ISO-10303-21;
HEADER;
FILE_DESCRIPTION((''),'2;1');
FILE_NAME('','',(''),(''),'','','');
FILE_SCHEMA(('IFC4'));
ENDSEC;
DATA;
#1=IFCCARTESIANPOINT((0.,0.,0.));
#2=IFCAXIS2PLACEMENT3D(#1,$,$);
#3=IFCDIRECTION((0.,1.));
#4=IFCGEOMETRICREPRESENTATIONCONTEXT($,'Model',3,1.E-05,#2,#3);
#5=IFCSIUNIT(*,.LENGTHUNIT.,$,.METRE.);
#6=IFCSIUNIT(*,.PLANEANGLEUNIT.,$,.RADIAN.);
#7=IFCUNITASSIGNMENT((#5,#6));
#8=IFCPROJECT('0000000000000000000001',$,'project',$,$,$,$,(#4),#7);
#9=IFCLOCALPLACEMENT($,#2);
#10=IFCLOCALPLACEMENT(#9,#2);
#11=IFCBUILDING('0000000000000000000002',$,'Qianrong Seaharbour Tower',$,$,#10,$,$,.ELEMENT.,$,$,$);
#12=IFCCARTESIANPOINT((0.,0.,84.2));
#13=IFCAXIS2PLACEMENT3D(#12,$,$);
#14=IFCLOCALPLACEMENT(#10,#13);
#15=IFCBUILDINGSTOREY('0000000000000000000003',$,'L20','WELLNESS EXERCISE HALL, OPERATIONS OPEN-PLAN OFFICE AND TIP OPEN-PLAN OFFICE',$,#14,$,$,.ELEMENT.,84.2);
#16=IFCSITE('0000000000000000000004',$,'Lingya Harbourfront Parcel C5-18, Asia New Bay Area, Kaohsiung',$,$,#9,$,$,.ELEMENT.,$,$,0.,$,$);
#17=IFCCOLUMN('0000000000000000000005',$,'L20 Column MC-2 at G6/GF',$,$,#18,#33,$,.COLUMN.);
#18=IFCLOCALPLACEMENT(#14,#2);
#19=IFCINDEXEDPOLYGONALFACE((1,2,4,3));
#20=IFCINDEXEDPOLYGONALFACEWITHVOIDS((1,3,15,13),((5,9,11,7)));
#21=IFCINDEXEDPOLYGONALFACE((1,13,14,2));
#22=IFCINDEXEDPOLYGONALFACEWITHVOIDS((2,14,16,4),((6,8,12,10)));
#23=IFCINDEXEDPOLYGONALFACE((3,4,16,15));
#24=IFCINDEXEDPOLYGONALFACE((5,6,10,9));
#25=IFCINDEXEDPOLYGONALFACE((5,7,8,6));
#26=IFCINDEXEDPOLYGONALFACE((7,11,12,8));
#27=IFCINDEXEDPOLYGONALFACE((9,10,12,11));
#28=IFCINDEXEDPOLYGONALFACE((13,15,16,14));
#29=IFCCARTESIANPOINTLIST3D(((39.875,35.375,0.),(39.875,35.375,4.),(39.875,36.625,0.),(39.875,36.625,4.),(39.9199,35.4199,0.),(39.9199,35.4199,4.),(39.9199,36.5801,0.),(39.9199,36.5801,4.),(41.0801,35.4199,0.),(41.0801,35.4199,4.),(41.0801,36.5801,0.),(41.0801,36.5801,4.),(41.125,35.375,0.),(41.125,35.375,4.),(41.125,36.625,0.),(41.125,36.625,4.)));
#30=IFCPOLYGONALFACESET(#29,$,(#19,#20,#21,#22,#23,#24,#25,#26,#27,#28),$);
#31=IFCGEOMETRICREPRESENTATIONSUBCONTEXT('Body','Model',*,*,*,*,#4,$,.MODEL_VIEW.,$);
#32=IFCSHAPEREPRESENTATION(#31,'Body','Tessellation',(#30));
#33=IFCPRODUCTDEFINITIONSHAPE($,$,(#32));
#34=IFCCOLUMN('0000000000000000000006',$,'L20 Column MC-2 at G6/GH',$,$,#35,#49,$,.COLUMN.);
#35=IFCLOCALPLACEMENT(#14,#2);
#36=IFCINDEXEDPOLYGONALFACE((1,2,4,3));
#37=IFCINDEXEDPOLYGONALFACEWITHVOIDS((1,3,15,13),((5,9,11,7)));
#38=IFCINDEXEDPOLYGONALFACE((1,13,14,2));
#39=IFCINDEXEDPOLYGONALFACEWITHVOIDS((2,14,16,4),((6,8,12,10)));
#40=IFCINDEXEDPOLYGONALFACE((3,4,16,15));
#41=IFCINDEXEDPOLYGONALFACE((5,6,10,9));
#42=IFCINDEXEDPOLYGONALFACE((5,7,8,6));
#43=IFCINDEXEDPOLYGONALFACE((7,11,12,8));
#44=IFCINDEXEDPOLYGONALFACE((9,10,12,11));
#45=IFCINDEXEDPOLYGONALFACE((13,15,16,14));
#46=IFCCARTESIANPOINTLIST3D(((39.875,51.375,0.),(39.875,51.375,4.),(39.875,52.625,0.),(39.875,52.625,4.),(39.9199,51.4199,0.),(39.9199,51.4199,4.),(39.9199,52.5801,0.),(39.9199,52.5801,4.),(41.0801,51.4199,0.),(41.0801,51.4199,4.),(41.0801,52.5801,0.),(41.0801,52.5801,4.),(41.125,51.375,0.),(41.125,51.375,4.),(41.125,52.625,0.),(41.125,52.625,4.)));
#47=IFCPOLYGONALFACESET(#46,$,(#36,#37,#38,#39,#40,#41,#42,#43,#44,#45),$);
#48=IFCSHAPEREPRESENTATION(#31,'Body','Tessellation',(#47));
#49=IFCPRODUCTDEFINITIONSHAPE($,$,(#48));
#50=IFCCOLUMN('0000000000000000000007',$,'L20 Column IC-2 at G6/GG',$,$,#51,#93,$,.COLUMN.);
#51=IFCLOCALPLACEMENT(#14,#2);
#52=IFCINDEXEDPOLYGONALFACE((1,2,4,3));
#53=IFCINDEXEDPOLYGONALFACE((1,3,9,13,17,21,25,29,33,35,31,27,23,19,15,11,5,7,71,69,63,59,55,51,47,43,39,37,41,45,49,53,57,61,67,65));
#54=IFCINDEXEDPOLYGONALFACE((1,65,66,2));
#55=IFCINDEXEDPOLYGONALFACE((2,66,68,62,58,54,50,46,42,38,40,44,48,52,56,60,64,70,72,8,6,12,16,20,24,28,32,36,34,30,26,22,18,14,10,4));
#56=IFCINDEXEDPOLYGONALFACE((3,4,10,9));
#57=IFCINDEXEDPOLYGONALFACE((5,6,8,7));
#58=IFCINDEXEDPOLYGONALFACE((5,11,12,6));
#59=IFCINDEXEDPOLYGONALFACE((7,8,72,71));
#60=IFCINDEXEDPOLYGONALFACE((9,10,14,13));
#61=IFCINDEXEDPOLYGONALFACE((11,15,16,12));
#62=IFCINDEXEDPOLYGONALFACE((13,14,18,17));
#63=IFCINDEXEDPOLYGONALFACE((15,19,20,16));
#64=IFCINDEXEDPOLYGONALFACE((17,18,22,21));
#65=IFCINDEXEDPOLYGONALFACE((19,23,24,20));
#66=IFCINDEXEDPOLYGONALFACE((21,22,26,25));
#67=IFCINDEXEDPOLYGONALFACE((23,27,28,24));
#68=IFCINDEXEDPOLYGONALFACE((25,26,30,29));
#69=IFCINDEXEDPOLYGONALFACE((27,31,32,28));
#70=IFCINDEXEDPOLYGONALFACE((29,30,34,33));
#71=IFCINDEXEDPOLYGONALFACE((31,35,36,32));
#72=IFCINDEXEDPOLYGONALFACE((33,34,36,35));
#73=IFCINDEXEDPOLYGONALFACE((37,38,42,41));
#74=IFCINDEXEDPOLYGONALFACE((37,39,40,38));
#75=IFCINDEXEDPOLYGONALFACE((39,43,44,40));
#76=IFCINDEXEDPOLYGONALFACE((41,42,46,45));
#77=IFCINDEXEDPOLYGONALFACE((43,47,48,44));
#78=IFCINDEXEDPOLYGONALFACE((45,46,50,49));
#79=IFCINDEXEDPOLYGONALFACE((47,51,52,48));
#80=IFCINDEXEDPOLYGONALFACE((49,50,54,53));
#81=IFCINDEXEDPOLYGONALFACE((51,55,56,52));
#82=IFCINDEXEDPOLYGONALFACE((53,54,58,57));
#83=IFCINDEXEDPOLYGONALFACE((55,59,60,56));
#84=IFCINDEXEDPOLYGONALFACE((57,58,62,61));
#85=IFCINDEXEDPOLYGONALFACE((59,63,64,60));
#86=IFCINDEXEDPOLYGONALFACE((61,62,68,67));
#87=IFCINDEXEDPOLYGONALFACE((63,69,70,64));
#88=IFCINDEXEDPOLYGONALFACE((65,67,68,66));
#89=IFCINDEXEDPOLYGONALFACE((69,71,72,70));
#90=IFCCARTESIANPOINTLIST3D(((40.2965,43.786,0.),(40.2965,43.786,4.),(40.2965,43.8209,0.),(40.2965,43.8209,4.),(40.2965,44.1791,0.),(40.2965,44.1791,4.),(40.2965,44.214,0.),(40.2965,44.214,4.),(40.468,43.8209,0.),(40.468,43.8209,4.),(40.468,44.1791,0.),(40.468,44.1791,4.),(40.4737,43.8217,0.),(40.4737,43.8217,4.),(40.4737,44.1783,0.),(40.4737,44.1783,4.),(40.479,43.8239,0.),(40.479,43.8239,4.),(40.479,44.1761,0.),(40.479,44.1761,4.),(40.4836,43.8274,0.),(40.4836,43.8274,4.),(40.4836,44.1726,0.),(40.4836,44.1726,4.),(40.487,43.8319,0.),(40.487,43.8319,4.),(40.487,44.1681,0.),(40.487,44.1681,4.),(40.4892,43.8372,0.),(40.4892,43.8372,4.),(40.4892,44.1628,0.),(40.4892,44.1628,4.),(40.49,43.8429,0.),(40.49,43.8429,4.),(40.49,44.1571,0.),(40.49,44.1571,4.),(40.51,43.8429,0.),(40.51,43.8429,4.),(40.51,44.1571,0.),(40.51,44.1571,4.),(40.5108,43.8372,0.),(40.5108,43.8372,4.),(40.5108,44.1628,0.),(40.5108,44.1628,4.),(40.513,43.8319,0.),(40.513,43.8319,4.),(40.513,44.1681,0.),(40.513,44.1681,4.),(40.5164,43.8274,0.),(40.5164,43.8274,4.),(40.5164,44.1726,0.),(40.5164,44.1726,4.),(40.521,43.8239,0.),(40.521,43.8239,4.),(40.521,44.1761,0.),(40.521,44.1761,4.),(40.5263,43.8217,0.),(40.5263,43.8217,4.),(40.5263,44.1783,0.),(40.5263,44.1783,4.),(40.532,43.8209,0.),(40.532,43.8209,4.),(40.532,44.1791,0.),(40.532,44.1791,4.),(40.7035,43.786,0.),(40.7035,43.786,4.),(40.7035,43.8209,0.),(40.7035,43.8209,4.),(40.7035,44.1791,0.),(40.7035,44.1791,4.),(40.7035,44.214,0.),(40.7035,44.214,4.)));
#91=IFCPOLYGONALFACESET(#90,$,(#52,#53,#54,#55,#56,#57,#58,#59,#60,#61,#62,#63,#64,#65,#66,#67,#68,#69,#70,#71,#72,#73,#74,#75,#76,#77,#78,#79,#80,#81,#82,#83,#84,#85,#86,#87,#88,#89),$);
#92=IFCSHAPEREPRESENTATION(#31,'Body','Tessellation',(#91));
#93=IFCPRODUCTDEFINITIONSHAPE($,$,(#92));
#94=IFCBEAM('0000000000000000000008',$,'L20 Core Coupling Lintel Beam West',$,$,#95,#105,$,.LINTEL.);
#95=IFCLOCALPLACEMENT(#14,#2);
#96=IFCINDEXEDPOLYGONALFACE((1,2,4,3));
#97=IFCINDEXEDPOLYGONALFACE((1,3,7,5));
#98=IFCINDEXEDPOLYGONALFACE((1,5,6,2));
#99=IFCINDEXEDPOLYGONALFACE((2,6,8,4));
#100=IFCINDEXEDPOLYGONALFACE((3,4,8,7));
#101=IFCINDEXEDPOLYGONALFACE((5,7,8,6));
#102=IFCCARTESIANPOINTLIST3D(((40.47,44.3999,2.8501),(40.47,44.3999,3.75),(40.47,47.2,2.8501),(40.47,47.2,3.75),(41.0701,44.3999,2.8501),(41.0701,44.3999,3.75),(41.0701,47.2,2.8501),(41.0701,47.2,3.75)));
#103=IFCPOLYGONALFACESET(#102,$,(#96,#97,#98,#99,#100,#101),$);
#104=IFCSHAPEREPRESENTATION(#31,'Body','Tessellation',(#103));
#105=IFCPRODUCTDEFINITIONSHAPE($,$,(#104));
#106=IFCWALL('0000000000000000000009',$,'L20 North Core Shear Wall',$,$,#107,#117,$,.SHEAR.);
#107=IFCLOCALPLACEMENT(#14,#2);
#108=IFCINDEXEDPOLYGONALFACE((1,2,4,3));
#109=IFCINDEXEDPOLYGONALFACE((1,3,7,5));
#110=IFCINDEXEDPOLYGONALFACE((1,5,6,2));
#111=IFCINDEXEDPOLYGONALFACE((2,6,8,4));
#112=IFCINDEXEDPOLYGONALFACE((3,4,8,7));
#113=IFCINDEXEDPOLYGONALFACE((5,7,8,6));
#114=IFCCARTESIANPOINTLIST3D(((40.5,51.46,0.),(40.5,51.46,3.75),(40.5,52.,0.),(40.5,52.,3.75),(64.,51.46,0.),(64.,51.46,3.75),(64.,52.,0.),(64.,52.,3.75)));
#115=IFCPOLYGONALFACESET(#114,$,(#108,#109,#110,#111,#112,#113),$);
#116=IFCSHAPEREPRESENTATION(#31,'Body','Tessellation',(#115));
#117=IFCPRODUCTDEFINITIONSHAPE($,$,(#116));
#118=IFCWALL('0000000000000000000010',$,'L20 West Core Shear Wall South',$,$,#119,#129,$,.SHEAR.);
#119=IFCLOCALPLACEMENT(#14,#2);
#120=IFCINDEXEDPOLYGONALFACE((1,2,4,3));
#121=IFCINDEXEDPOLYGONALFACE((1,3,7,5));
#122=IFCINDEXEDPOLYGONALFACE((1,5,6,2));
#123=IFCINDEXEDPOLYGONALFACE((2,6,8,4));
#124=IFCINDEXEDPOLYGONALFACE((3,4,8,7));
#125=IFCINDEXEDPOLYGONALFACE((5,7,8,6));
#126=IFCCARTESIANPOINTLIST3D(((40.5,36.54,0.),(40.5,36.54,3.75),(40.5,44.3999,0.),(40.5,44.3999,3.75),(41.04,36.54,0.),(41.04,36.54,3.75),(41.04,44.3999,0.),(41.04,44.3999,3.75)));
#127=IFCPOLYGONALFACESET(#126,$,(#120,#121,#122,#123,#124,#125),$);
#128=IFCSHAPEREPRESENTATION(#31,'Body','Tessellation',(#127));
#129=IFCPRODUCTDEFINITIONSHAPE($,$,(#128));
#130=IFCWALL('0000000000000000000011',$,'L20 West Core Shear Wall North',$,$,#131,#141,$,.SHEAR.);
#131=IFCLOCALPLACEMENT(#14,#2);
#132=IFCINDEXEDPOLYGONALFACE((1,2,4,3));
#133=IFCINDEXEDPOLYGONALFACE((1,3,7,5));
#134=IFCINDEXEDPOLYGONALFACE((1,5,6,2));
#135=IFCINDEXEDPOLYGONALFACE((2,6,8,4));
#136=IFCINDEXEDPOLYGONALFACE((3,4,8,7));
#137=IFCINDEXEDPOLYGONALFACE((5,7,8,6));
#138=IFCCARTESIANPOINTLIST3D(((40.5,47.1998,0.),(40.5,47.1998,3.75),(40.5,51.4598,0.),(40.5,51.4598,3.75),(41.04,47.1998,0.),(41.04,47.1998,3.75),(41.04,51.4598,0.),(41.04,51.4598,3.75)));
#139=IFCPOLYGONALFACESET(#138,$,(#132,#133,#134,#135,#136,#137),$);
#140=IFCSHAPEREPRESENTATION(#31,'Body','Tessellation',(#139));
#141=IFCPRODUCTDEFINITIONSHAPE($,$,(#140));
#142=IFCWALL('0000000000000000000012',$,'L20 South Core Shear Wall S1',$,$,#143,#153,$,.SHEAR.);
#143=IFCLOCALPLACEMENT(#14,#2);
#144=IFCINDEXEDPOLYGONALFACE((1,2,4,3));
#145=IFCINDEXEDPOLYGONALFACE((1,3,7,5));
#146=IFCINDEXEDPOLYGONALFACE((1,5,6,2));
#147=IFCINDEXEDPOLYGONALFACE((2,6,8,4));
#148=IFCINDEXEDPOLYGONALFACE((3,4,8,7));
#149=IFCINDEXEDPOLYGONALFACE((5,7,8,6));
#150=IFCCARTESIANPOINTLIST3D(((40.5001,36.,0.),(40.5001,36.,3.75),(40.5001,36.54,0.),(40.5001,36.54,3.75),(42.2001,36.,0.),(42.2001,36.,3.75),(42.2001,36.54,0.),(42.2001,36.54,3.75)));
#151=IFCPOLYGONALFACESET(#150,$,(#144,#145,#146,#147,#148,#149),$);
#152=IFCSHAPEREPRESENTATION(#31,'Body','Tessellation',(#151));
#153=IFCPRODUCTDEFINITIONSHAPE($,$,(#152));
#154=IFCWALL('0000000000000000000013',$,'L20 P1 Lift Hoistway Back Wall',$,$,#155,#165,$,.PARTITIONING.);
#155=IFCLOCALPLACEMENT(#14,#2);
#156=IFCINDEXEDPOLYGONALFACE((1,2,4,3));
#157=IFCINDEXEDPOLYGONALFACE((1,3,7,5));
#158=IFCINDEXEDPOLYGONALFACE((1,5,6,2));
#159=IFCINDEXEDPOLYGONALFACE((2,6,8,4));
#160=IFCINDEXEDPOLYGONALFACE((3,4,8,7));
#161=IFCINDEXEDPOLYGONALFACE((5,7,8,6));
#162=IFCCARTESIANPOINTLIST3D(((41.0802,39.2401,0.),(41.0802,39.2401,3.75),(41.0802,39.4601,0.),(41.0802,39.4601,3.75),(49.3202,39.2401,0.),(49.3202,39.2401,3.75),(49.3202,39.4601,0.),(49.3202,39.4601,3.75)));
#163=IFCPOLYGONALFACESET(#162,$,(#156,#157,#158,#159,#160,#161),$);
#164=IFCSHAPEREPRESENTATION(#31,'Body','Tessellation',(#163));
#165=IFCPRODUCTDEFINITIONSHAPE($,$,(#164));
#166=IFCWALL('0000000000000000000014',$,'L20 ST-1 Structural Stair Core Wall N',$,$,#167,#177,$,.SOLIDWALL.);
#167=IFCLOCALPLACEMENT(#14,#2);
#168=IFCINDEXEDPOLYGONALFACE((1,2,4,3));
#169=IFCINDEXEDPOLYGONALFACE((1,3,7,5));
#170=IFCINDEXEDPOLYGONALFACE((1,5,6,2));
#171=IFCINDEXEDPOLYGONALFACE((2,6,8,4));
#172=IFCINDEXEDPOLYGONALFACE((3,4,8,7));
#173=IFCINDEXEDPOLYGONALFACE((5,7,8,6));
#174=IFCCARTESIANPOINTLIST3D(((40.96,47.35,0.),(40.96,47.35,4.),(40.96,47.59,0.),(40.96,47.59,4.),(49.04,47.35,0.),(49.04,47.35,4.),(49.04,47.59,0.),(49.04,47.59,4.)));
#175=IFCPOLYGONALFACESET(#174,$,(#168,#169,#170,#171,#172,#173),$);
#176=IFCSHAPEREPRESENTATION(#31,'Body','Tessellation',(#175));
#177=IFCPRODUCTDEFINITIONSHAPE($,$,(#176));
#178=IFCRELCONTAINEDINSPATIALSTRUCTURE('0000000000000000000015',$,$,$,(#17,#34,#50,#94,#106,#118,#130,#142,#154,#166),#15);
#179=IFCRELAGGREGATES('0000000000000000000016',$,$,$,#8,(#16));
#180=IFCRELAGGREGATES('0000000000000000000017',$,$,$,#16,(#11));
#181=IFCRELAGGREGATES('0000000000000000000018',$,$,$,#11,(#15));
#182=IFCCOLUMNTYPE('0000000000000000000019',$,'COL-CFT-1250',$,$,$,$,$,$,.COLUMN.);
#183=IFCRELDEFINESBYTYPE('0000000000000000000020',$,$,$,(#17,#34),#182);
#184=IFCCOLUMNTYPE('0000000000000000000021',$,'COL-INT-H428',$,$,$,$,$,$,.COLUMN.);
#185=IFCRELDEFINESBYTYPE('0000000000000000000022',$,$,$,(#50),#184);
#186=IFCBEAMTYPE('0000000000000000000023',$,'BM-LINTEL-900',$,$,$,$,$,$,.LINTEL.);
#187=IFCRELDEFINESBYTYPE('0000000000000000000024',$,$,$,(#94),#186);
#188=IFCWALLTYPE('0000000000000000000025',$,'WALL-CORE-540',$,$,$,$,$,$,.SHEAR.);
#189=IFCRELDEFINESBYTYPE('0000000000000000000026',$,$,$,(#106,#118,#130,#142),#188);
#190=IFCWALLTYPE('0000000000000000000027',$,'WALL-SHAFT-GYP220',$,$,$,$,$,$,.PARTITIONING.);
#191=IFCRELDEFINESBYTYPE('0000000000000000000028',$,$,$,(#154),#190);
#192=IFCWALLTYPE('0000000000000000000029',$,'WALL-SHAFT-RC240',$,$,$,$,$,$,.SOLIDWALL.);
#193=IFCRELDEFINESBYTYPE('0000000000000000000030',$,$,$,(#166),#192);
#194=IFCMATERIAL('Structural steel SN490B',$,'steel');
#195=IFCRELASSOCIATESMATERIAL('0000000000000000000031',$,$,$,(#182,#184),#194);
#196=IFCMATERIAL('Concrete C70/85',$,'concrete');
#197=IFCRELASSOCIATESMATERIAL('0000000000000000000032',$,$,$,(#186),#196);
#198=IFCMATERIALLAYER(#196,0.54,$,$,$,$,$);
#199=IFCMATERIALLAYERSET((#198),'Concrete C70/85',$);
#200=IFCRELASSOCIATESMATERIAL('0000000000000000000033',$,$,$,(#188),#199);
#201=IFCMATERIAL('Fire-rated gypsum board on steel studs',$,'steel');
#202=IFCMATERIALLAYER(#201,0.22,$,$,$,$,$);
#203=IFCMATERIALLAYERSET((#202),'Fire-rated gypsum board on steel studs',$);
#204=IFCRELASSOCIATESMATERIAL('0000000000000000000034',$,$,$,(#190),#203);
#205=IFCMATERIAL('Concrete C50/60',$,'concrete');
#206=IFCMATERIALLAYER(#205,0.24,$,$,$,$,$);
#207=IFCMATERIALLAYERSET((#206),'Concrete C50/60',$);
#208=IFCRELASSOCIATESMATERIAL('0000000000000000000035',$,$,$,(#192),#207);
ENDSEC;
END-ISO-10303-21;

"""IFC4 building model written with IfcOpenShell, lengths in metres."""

from ifc_helpers import new_model, si_unit, direction, frame, frame_2d, origin, origin_2d, place, context, subcontext, project, spatial, rectangle, hollow_rectangle, i_section, extrude, material, layer, layer_set, material_profile, profile_set, type_object, element, save


model = new_model("IFC4")

# Units and contexts
model_context = context("Model", 3, precision=1e-05, world=origin(), true_north=direction((0.0, 1.0)))
body_context = subcontext(model_context, "Body", "Model", "MODEL_VIEW")
ifc_project = project(units=[si_unit("LENGTHUNIT", "METRE"), si_unit("PLANEANGLEUNIT", "RADIAN")], contexts=[model_context])

# Site, building, storey
site_placement = place(None, origin())
site = spatial("IfcSite", under=ifc_project, at=site_placement, Name="Lingya Harbourfront Parcel C5-18, Asia New Bay Area, Kaohsiung", CompositionType="ELEMENT", RefElevation=0.0)
building_placement = place(site_placement, origin())
building = spatial("IfcBuilding", under=site, at=building_placement, Name="Qianrong Seaharbour Tower", CompositionType="ELEMENT")
storey_placement = place(building_placement, frame((0.0, 0.0, 84.2)))
storey = spatial("IfcBuildingStorey", under=building, at=storey_placement, Name="L20", Description="WELLNESS EXERCISE HALL, OPERATIONS OPEN-PLAN OFFICE AND TIP OPEN-PLAN OFFICE", CompositionType="ELEMENT", Elevation=84.2)

# Columns
ifc_material_1 = material(Name="Structural steel SN490B", Category="steel")
ifc_material_profile_1 = material_profile(ifc_material_1, hollow_rectangle(XDim=1.25, YDim=1.25, WallThickness=0.0449, at=origin_2d()), Name="BOX1250x1250x45")
ifc_profile_set_1 = profile_set([ifc_material_profile_1], Name="Structural steel SN490B")
column_type_1 = type_object("IfcColumnType", Name="COL-CFT-1250", PredefinedType="COLUMN", material=ifc_profile_set_1)
for number, where, z_axis, x_axis, name in (
    (1, (40.5, 36.0, 0.0), (0.0, 0.0, 1.0), (1.0, 0.0, 0.0), "L20 Column MC-2 at G6/GF"),
    (2, (40.5, 52.0, 0.0), (0.0, 0.0, 1.0), (1.0, 0.0, 0.0), "L20 Column MC-2 at G6/GH"),
):
    element("IfcColumn", number, at=place(storey_placement, frame(where, z_axis=z_axis, x_axis=x_axis)), inside=storey, type_object=column_type_1, Name=name, PredefinedType="COLUMN", context=body_context, shape_type="SweptSolid", body=[
        extrude(hollow_rectangle(XDim=1.25, YDim=1.25, WallThickness=0.0449, at=origin_2d()), origin(), (0.0, 0.0, 1.0), 4.0),
    ])
ifc_material_profile_2 = material_profile(ifc_material_1, i_section(OverallWidth=0.407, OverallDepth=0.428, WebThickness=0.02, FlangeThickness=0.0349, FilletRadius=0.022, at=origin_2d()), Name="H428x407x20x35")
ifc_profile_set_2 = profile_set([ifc_material_profile_2], Name="Structural steel SN490B")
column_type_2 = type_object("IfcColumnType", Name="COL-INT-H428", PredefinedType="COLUMN", material=ifc_profile_set_2)
column_placement = place(storey_placement, frame((40.5, 44.0, 0.0), z_axis=(0.0, 0.0, 1.0), x_axis=(1.0, 0.0, 0.0)))
element("IfcColumn", 3, at=column_placement, inside=storey, type_object=column_type_2, Name="L20 Column IC-2 at G6/GG", PredefinedType="COLUMN", context=body_context, shape_type="SweptSolid", body=[
    extrude(i_section(OverallWidth=0.407, OverallDepth=0.428, WebThickness=0.02, FlangeThickness=0.0349, FilletRadius=0.022, at=origin_2d()), origin(), (0.0, 0.0, 1.0), 4.0),
])

# Beam
ifc_material_2 = material(Name="Concrete C70/85", Category="concrete")
ifc_material_profile_3 = material_profile(ifc_material_2, rectangle(XDim=0.6001, YDim=0.8999, at=origin_2d()), Name="RC600x900")
ifc_profile_set_3 = profile_set([ifc_material_profile_3], Name="Concrete C70/85")
beam_type = type_object("IfcBeamType", Name="BM-LINTEL-900", PredefinedType="LINTEL", material=ifc_profile_set_3)
beam_placement = place(storey_placement, frame((40.77, 44.3999, 3.3), z_axis=(0.0, 1.0, 0.0), x_axis=(-1.0, 0.0, 0.0)))
element("IfcBeam", 4, at=beam_placement, inside=storey, type_object=beam_type, Name="L20 Core Coupling Lintel Beam West", PredefinedType="LINTEL", context=body_context, shape_type="SweptSolid", body=[
    extrude(rectangle(XDim=0.6001, YDim=0.8999, at=origin_2d()), origin(), (0.0, 0.0, 1.0), 2.8),
])

# Walls
ifc_layer_1 = layer(ifc_material_2, 0.54)
ifc_layer_set_1 = layer_set([ifc_layer_1], Name="Concrete C70/85")
wall_type_1 = type_object("IfcWallType", Name="WALL-CORE-540", PredefinedType="SHEAR", material=ifc_layer_set_1)
wall_1_placement = place(storey_placement, frame((40.5, 51.73, 0.0), z_axis=(0.0, 0.0, 1.0), x_axis=(1.0, 0.0, 0.0)))
element("IfcWall", 5, at=wall_1_placement, inside=storey, type_object=wall_type_1, Name="L20 North Core Shear Wall", PredefinedType="SHEAR", context=body_context, shape_type="SweptSolid", body=[
    extrude(rectangle(XDim=23.5, YDim=0.54, at=frame_2d((11.75, 0.0))), origin(), (0.0, 0.0, 1.0), 3.75),
])
wall_2_placement = place(storey_placement, frame((40.77, 36.54, 0.0), z_axis=(0.0, 0.0, 1.0), x_axis=(0.0, 1.0, 0.0)))
element("IfcWall", 6, at=wall_2_placement, inside=storey, type_object=wall_type_1, Name="L20 West Core Shear Wall South", PredefinedType="SHEAR", context=body_context, shape_type="SweptSolid", body=[
    extrude(rectangle(XDim=7.8599, YDim=0.54, at=frame_2d((3.9299, 0.0))), origin(), (0.0, 0.0, 1.0), 3.75),
])
wall_3_placement = place(storey_placement, frame((40.77, 47.2, 0.0), z_axis=(0.0, 0.0, 1.0), x_axis=(0.0, 1.0, 0.0)))
element("IfcWall", 7, at=wall_3_placement, inside=storey, type_object=wall_type_1, Name="L20 West Core Shear Wall North", PredefinedType="SHEAR", context=body_context, shape_type="SweptSolid", body=[
    extrude(rectangle(XDim=4.26, YDim=0.54, at=frame_2d((2.1299, 0.0))), origin(), (0.0, 0.0, 1.0), 3.75),
])
wall_4_placement = place(storey_placement, frame((40.5, 36.27, 0.0), z_axis=(0.0, 0.0, 1.0), x_axis=(1.0, 0.0, 0.0)))
element("IfcWall", 8, at=wall_4_placement, inside=storey, type_object=wall_type_1, Name="L20 South Core Shear Wall S1", PredefinedType="SHEAR", context=body_context, shape_type="SweptSolid", body=[
    extrude(rectangle(XDim=1.7, YDim=0.54, at=frame_2d((0.8501, 0.0))), origin(), (0.0, 0.0, 1.0), 3.75),
])

# Walls
ifc_material_3 = material(Name="Fire-rated gypsum board on steel studs", Category="steel")
ifc_layer_2 = layer(ifc_material_3, 0.22)
ifc_layer_set_2 = layer_set([ifc_layer_2], Name="Fire-rated gypsum board on steel studs")
wall_type_2 = type_object("IfcWallType", Name="WALL-SHAFT-GYP220", PredefinedType="PARTITIONING", material=ifc_layer_set_2)
wall_5_placement = place(storey_placement, frame((41.0801, 39.3501, 0.0), z_axis=(0.0, 0.0, 1.0), x_axis=(1.0, 0.0, 0.0)))
element("IfcWall", 9, at=wall_5_placement, inside=storey, type_object=wall_type_2, Name="L20 P1 Lift Hoistway Back Wall", PredefinedType="PARTITIONING", context=body_context, shape_type="SweptSolid", body=[
    extrude(rectangle(XDim=8.24, YDim=0.22, at=frame_2d((4.1201, 0.0))), origin(), (0.0, 0.0, 1.0), 3.75),
])
ifc_material_4 = material(Name="Concrete C50/60", Category="concrete")
ifc_layer_3 = layer(ifc_material_4, 0.24)
ifc_layer_set_3 = layer_set([ifc_layer_3], Name="Concrete C50/60")
wall_type_3 = type_object("IfcWallType", Name="WALL-SHAFT-RC240", PredefinedType="SOLIDWALL", material=ifc_layer_set_3)
wall_6_placement = place(storey_placement, frame((40.96, 47.47, 0.0), z_axis=(0.0, 0.0, 1.0), x_axis=(1.0, 0.0, 0.0)))
element("IfcWall", 10, at=wall_6_placement, inside=storey, type_object=wall_type_3, Name="L20 ST-1 Structural Stair Core Wall N", PredefinedType="SOLIDWALL", context=body_context, shape_type="SweptSolid", body=[
    extrude(rectangle(XDim=8.0801, YDim=0.24, at=frame_2d((4.04, 0.0))), origin(), (0.0, 0.0, 1.0), 4.0),
])

save(model, "model.ifc")
